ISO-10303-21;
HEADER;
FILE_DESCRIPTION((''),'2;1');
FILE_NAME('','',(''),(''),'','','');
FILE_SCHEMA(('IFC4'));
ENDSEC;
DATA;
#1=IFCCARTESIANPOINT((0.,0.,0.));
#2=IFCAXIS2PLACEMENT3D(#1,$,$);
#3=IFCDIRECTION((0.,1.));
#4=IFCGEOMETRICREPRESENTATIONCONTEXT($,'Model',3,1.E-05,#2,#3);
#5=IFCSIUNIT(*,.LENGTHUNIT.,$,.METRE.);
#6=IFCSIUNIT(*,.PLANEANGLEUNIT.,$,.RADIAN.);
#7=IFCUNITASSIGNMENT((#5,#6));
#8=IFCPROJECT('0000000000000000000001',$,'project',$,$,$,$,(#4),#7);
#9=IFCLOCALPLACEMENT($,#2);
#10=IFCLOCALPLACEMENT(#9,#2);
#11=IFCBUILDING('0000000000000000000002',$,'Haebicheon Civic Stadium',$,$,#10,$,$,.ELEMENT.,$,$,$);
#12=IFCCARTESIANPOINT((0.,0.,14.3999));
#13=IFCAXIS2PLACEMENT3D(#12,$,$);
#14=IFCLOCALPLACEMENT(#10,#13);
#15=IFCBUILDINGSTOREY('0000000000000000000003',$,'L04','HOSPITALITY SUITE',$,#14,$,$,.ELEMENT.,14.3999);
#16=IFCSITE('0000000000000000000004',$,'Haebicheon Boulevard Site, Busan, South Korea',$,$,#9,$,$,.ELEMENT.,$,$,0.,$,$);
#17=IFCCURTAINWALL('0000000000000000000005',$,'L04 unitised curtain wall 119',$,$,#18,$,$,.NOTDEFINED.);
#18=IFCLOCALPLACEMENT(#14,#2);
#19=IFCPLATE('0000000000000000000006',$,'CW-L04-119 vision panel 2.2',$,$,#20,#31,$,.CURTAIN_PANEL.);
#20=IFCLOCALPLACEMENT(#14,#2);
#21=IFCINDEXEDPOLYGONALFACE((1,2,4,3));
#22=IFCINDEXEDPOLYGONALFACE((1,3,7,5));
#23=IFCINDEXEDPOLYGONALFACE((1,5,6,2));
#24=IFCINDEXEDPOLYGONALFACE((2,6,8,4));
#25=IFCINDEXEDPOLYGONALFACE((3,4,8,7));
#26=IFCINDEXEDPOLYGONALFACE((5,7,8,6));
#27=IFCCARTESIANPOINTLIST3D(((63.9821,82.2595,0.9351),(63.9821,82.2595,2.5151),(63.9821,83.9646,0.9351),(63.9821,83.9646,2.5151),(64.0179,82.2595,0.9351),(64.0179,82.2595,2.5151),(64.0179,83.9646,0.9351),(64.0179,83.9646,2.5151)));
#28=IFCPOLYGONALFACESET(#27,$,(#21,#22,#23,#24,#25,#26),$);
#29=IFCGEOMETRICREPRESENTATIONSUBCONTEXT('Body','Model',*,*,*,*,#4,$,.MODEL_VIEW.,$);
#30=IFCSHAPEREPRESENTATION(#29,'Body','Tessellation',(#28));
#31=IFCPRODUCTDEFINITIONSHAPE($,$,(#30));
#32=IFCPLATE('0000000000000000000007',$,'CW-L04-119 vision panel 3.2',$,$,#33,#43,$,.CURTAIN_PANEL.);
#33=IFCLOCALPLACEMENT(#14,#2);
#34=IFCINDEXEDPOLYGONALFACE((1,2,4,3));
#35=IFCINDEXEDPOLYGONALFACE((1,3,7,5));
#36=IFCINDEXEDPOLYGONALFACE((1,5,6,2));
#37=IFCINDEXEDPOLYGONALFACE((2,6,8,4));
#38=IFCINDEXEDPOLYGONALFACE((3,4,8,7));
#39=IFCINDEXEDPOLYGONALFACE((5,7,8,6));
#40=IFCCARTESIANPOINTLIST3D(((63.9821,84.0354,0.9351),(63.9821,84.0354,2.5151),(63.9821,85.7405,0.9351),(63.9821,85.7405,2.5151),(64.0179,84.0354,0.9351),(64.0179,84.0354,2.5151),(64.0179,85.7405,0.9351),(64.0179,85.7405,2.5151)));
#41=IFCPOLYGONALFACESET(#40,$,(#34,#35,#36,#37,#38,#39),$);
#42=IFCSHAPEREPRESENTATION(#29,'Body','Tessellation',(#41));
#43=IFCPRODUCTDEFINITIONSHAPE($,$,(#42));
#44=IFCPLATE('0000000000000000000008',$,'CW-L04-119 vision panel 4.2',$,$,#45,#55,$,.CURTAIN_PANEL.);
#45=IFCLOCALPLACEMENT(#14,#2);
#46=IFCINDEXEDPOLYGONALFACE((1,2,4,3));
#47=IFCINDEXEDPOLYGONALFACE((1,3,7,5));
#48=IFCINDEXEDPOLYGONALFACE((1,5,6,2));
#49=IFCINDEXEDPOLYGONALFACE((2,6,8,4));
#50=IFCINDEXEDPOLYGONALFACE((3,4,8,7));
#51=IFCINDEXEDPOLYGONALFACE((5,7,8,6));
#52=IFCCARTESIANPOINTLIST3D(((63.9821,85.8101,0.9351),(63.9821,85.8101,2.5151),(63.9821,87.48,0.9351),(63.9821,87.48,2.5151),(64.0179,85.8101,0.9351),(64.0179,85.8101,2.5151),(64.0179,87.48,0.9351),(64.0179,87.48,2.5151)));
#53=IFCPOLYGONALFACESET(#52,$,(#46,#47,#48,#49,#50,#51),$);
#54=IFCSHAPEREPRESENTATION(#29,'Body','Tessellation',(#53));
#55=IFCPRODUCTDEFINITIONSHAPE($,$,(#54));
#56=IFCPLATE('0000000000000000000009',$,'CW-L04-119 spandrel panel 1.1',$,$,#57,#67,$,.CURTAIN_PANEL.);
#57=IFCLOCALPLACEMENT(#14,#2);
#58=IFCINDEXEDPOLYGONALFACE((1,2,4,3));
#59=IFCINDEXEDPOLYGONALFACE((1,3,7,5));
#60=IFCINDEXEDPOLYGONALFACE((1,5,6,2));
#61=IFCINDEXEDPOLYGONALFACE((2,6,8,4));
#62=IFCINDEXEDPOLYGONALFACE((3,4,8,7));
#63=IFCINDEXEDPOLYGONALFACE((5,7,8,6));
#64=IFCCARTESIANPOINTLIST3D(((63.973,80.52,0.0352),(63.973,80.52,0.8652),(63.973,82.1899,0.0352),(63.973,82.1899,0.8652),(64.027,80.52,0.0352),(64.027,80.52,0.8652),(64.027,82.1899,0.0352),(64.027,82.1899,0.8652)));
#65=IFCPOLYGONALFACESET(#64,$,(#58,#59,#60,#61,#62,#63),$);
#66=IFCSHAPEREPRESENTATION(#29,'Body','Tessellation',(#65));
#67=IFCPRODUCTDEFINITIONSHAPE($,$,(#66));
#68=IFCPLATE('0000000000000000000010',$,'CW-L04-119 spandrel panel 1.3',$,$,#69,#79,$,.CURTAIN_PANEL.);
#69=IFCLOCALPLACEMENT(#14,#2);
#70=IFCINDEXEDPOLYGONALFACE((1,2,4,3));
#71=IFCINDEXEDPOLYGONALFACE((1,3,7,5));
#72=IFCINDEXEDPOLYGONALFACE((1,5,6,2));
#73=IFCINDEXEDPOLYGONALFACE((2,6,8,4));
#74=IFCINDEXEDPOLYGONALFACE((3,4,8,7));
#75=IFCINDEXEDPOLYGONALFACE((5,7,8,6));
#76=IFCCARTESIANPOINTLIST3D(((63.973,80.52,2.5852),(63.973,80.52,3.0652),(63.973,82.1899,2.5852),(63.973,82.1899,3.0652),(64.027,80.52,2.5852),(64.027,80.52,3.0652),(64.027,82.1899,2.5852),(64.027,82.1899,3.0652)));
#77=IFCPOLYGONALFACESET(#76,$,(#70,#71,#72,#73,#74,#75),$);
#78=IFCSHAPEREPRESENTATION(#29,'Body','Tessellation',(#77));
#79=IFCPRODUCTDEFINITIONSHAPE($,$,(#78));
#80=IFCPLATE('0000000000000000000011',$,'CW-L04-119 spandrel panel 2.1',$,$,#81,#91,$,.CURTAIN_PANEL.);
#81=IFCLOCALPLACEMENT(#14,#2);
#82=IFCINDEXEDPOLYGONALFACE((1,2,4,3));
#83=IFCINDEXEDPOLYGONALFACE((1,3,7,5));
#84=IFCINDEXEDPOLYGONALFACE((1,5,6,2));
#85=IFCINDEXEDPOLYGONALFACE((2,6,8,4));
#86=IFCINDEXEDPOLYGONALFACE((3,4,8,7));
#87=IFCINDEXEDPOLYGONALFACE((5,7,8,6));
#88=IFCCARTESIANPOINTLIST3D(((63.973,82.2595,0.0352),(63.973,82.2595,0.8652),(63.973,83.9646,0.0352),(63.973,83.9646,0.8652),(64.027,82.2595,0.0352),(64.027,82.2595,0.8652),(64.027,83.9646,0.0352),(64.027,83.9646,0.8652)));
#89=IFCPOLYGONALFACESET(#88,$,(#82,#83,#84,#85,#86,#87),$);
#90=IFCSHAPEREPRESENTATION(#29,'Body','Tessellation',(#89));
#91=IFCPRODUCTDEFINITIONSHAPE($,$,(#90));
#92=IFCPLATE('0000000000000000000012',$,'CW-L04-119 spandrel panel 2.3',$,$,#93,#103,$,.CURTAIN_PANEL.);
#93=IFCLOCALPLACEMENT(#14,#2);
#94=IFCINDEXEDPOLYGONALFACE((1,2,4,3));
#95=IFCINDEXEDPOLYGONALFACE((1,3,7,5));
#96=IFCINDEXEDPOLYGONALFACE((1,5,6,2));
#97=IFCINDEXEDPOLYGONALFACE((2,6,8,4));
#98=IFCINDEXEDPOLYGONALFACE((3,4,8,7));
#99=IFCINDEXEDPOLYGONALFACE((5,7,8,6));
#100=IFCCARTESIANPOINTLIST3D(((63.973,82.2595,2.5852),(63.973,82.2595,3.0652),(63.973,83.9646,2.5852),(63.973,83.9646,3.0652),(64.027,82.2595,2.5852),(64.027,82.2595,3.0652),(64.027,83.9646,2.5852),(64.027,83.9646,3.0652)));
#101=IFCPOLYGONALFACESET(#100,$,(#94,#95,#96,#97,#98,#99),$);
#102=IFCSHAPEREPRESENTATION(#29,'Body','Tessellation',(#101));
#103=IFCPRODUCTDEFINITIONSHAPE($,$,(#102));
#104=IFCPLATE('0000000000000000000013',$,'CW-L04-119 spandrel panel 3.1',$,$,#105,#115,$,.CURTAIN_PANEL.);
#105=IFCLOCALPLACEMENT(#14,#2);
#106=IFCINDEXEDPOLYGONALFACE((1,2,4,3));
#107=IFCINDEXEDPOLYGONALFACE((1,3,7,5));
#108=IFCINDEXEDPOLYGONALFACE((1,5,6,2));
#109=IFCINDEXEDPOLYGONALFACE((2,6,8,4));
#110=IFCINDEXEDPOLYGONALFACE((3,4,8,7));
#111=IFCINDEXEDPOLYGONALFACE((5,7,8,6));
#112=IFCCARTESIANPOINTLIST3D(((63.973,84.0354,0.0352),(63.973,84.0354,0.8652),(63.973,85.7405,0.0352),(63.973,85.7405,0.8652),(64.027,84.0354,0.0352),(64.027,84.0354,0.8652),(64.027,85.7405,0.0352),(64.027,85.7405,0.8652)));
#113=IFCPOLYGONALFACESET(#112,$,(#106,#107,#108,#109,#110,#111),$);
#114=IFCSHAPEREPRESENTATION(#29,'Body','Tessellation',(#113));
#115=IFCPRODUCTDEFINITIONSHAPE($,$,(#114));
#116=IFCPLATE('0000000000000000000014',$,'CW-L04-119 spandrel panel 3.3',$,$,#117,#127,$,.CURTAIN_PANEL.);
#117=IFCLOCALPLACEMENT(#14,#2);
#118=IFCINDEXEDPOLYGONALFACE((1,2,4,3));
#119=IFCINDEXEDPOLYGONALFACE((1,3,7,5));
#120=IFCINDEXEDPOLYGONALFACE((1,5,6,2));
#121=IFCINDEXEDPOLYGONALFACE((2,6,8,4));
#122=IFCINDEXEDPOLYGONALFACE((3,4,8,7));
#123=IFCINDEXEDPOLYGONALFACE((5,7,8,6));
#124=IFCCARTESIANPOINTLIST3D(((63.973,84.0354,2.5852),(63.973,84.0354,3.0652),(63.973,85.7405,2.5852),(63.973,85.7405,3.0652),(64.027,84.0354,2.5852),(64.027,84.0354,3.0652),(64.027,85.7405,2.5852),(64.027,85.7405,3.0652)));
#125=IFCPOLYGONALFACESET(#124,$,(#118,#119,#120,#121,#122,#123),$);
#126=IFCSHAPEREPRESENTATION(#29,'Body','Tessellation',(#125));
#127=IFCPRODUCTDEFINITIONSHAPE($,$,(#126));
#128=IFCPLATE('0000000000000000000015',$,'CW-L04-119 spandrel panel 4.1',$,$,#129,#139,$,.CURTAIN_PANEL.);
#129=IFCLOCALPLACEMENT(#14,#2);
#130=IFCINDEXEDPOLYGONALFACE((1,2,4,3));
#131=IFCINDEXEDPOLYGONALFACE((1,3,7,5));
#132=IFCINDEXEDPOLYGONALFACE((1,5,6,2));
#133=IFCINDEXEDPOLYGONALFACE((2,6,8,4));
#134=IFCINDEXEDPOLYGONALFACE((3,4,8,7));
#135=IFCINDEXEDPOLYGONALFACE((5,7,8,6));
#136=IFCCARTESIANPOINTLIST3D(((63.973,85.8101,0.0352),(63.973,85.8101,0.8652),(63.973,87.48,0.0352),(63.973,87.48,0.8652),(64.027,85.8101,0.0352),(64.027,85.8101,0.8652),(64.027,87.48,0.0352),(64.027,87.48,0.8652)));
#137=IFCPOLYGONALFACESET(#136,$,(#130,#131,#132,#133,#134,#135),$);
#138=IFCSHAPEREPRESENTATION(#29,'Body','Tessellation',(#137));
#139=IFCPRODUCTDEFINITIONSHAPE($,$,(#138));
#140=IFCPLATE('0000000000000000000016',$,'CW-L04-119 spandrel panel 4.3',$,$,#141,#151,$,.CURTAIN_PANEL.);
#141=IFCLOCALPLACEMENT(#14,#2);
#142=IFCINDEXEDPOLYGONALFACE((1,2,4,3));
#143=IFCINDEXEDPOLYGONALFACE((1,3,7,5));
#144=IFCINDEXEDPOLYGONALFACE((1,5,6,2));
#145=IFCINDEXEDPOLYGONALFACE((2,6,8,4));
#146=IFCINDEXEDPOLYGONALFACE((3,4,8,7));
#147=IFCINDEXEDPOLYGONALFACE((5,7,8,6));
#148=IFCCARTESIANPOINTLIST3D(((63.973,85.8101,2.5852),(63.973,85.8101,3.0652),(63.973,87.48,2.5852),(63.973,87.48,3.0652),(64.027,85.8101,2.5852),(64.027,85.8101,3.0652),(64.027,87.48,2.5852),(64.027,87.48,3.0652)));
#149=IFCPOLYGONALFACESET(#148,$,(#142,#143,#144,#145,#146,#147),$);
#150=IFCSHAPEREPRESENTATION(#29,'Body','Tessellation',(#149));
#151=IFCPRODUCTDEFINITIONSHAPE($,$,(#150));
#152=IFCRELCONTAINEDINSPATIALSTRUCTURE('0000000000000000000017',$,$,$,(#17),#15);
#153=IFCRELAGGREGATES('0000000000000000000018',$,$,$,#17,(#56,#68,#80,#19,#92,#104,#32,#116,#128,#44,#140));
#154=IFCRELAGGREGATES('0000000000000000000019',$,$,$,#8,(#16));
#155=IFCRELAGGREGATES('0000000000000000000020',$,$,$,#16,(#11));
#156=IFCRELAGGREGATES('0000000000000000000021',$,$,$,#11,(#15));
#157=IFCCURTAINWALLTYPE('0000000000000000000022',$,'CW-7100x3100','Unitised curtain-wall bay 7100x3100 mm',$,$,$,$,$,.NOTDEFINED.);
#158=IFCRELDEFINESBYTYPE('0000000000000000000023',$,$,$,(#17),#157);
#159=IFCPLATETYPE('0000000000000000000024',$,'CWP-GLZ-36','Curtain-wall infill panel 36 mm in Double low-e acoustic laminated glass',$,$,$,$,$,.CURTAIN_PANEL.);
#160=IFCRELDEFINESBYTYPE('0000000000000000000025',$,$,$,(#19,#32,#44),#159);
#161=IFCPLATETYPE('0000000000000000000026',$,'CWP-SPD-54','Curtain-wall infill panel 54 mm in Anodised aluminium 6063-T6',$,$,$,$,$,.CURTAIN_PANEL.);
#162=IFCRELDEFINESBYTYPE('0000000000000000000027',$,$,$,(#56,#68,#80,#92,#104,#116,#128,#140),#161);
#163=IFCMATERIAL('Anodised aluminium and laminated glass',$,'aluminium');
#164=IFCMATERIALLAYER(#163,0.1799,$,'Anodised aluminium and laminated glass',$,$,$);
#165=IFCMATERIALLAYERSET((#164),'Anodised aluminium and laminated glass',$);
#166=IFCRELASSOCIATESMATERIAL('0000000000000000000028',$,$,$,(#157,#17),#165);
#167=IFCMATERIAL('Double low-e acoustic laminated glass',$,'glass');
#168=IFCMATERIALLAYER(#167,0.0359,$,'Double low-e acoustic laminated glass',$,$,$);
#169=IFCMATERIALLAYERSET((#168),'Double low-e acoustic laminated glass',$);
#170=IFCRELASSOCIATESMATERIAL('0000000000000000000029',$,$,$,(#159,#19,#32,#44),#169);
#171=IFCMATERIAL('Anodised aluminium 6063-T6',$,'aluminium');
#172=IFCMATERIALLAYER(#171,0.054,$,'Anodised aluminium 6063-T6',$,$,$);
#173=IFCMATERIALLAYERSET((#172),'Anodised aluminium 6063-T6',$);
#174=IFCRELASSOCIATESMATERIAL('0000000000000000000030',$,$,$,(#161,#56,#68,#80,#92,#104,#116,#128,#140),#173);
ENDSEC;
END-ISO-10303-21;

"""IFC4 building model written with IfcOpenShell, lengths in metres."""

from ifc_helpers import new_model, si_unit, direction, frame, origin, origin_2d, place, context, subcontext, project, spatial, rectangle, extrude, material, layer, layer_set, type_object, element, aggregate, save


model = new_model("IFC4")

# Units and contexts
model_context = context("Model", 3, precision=1e-05, world=origin(), true_north=direction((0.0, 1.0)))
body_context = subcontext(model_context, "Body", "Model", "MODEL_VIEW")
ifc_project = project(units=[si_unit("LENGTHUNIT", "METRE"), si_unit("PLANEANGLEUNIT", "RADIAN")], contexts=[model_context])

# Site, building, storey
site_placement = place(None, origin())
site = spatial("IfcSite", under=ifc_project, at=site_placement, Name="Haebicheon Boulevard Site, Busan, South Korea", CompositionType="ELEMENT", RefElevation=0.0)
building_placement = place(site_placement, origin())
building = spatial("IfcBuilding", under=site, at=building_placement, Name="Haebicheon Civic Stadium", CompositionType="ELEMENT")
storey_placement = place(building_placement, frame((0.0, 0.0, 14.3999)))
storey = spatial("IfcBuildingStorey", under=building, at=storey_placement, Name="L04", Description="HOSPITALITY SUITE", CompositionType="ELEMENT", Elevation=14.3999)

# Curtain wall, plates
ifc_material_1 = material(Name="Anodised aluminium and laminated glass", Category="aluminium")
ifc_layer_1 = layer(ifc_material_1, 0.1799, Name="Anodised aluminium and laminated glass")
ifc_layer_set_1 = layer_set([ifc_layer_1], Name="Anodised aluminium and laminated glass")
curtain_wall_type = type_object("IfcCurtainWallType", Name="CW-7100x3100", Description="Unitised curtain-wall bay 7100x3100 mm", PredefinedType="NOTDEFINED", material=ifc_layer_set_1)
curtain_wall_placement = place(storey_placement, origin())
curtain_wall = element("IfcCurtainWall", 1, at=curtain_wall_placement, inside=storey, type_object=curtain_wall_type, material=ifc_layer_set_1, Name="L04 unitised curtain wall 119", PredefinedType="NOTDEFINED")
ifc_material_2 = material(Name="Double low-e acoustic laminated glass", Category="glass")
ifc_layer_2 = layer(ifc_material_2, 0.0359, Name="Double low-e acoustic laminated glass")
ifc_layer_set_2 = layer_set([ifc_layer_2], Name="Double low-e acoustic laminated glass")
plate_type_1 = type_object("IfcPlateType", Name="CWP-GLZ-36", Description="Curtain-wall infill panel 36 mm in Double low-e acoustic laminated glass", PredefinedType="CURTAIN_PANEL", material=ifc_layer_set_2)
plate_1_placement = place(storey_placement, frame((64.0, 83.1121, 0.9351), z_axis=(0.0, 0.0, 1.0), x_axis=(0.0, 1.0, 0.0)))
plate_1 = element("IfcPlate", 2, at=plate_1_placement, type_object=plate_type_1, material=ifc_layer_set_2, Name="CW-L04-119 vision panel 2.2", PredefinedType="CURTAIN_PANEL", context=body_context, shape_type="SweptSolid", body=[
    extrude(rectangle(XDim=1.7051, YDim=0.0359, at=origin_2d()), origin(), (0.0, 0.0, 1.0), 1.5801),
])
plate_2_placement = place(storey_placement, frame((64.0, 84.8879, 0.9351), z_axis=(0.0, 0.0, 1.0), x_axis=(0.0, 1.0, 0.0)))
plate_2 = element("IfcPlate", 3, at=plate_2_placement, type_object=plate_type_1, material=ifc_layer_set_2, Name="CW-L04-119 vision panel 3.2", PredefinedType="CURTAIN_PANEL", context=body_context, shape_type="SweptSolid", body=[
    extrude(rectangle(XDim=1.7051, YDim=0.0359, at=origin_2d()), origin(), (0.0, 0.0, 1.0), 1.5801),
])
plate_3_placement = place(storey_placement, frame((64.0, 86.645, 0.9351), z_axis=(0.0, 0.0, 1.0), x_axis=(0.0, 1.0, 0.0)))
plate_3 = element("IfcPlate", 4, at=plate_3_placement, type_object=plate_type_1, material=ifc_layer_set_2, Name="CW-L04-119 vision panel 4.2", PredefinedType="CURTAIN_PANEL", context=body_context, shape_type="SweptSolid", body=[
    extrude(rectangle(XDim=1.6699, YDim=0.0359, at=origin_2d()), origin(), (0.0, 0.0, 1.0), 1.5801),
])
ifc_material_3 = material(Name="Anodised aluminium 6063-T6", Category="aluminium")
ifc_layer_3 = layer(ifc_material_3, 0.054, Name="Anodised aluminium 6063-T6")
ifc_layer_set_3 = layer_set([ifc_layer_3], Name="Anodised aluminium 6063-T6")
plate_type_2 = type_object("IfcPlateType", Name="CWP-SPD-54", Description="Curtain-wall infill panel 54 mm in Anodised aluminium 6063-T6", PredefinedType="CURTAIN_PANEL", material=ifc_layer_set_3)
plate_4_placement = place(storey_placement, frame((64.0, 81.355, 0.0352), z_axis=(0.0, 0.0, 1.0), x_axis=(0.0, 1.0, 0.0)))
plate_4 = element("IfcPlate", 5, at=plate_4_placement, type_object=plate_type_2, material=ifc_layer_set_3, Name="CW-L04-119 spandrel panel 1.1", PredefinedType="CURTAIN_PANEL", context=body_context, shape_type="SweptSolid", body=[
    extrude(rectangle(XDim=1.6699, YDim=0.054, at=origin_2d()), origin(), (0.0, 0.0, 1.0), 0.8301),
])
plate_5_placement = place(storey_placement, frame((64.0, 81.355, 2.5852), z_axis=(0.0, 0.0, 1.0), x_axis=(0.0, 1.0, 0.0)))
plate_5 = element("IfcPlate", 6, at=plate_5_placement, type_object=plate_type_2, material=ifc_layer_set_3, Name="CW-L04-119 spandrel panel 1.3", PredefinedType="CURTAIN_PANEL", context=body_context, shape_type="SweptSolid", body=[
    extrude(rectangle(XDim=1.6699, YDim=0.054, at=origin_2d()), origin(), (0.0, 0.0, 1.0), 0.48),
])
plate_6_placement = place(storey_placement, frame((64.0, 83.1121, 0.0352), z_axis=(0.0, 0.0, 1.0), x_axis=(0.0, 1.0, 0.0)))
plate_6 = element("IfcPlate", 7, at=plate_6_placement, type_object=plate_type_2, material=ifc_layer_set_3, Name="CW-L04-119 spandrel panel 2.1", PredefinedType="CURTAIN_PANEL", context=body_context, shape_type="SweptSolid", body=[
    extrude(rectangle(XDim=1.7051, YDim=0.054, at=origin_2d()), origin(), (0.0, 0.0, 1.0), 0.8301),
])
plate_7_placement = place(storey_placement, frame((64.0, 83.1121, 2.5852), z_axis=(0.0, 0.0, 1.0), x_axis=(0.0, 1.0, 0.0)))
plate_7 = element("IfcPlate", 8, at=plate_7_placement, type_object=plate_type_2, material=ifc_layer_set_3, Name="CW-L04-119 spandrel panel 2.3", PredefinedType="CURTAIN_PANEL", context=body_context, shape_type="SweptSolid", body=[
    extrude(rectangle(XDim=1.7051, YDim=0.054, at=origin_2d()), origin(), (0.0, 0.0, 1.0), 0.48),
])
plate_8_placement = place(storey_placement, frame((64.0, 84.8879, 0.0352), z_axis=(0.0, 0.0, 1.0), x_axis=(0.0, 1.0, 0.0)))
plate_8 = element("IfcPlate", 9, at=plate_8_placement, type_object=plate_type_2, material=ifc_layer_set_3, Name="CW-L04-119 spandrel panel 3.1", PredefinedType="CURTAIN_PANEL", context=body_context, shape_type="SweptSolid", body=[
    extrude(rectangle(XDim=1.7051, YDim=0.054, at=origin_2d()), origin(), (0.0, 0.0, 1.0), 0.8301),
])
plate_9_placement = place(storey_placement, frame((64.0, 84.8879, 2.5852), z_axis=(0.0, 0.0, 1.0), x_axis=(0.0, 1.0, 0.0)))
plate_9 = element("IfcPlate", 10, at=plate_9_placement, type_object=plate_type_2, material=ifc_layer_set_3, Name="CW-L04-119 spandrel panel 3.3", PredefinedType="CURTAIN_PANEL", context=body_context, shape_type="SweptSolid", body=[
    extrude(rectangle(XDim=1.7051, YDim=0.054, at=origin_2d()), origin(), (0.0, 0.0, 1.0), 0.48),
])
plate_10_placement = place(storey_placement, frame((64.0, 86.645, 0.0352), z_axis=(0.0, 0.0, 1.0), x_axis=(0.0, 1.0, 0.0)))
plate_10 = element("IfcPlate", 11, at=plate_10_placement, type_object=plate_type_2, material=ifc_layer_set_3, Name="CW-L04-119 spandrel panel 4.1", PredefinedType="CURTAIN_PANEL", context=body_context, shape_type="SweptSolid", body=[
    extrude(rectangle(XDim=1.6699, YDim=0.054, at=origin_2d()), origin(), (0.0, 0.0, 1.0), 0.8301),
])
plate_11_placement = place(storey_placement, frame((64.0, 86.645, 2.5852), z_axis=(0.0, 0.0, 1.0), x_axis=(0.0, 1.0, 0.0)))
plate_11 = element("IfcPlate", 12, at=plate_11_placement, type_object=plate_type_2, material=ifc_layer_set_3, Name="CW-L04-119 spandrel panel 4.3", PredefinedType="CURTAIN_PANEL", context=body_context, shape_type="SweptSolid", body=[
    extrude(rectangle(XDim=1.6699, YDim=0.054, at=origin_2d()), origin(), (0.0, 0.0, 1.0), 0.48),
])
aggregate(curtain_wall, [plate_4, plate_5, plate_6, plate_1, plate_7, plate_8, plate_2, plate_9, plate_10, plate_3, plate_11])

save(model, "model.ifc")
